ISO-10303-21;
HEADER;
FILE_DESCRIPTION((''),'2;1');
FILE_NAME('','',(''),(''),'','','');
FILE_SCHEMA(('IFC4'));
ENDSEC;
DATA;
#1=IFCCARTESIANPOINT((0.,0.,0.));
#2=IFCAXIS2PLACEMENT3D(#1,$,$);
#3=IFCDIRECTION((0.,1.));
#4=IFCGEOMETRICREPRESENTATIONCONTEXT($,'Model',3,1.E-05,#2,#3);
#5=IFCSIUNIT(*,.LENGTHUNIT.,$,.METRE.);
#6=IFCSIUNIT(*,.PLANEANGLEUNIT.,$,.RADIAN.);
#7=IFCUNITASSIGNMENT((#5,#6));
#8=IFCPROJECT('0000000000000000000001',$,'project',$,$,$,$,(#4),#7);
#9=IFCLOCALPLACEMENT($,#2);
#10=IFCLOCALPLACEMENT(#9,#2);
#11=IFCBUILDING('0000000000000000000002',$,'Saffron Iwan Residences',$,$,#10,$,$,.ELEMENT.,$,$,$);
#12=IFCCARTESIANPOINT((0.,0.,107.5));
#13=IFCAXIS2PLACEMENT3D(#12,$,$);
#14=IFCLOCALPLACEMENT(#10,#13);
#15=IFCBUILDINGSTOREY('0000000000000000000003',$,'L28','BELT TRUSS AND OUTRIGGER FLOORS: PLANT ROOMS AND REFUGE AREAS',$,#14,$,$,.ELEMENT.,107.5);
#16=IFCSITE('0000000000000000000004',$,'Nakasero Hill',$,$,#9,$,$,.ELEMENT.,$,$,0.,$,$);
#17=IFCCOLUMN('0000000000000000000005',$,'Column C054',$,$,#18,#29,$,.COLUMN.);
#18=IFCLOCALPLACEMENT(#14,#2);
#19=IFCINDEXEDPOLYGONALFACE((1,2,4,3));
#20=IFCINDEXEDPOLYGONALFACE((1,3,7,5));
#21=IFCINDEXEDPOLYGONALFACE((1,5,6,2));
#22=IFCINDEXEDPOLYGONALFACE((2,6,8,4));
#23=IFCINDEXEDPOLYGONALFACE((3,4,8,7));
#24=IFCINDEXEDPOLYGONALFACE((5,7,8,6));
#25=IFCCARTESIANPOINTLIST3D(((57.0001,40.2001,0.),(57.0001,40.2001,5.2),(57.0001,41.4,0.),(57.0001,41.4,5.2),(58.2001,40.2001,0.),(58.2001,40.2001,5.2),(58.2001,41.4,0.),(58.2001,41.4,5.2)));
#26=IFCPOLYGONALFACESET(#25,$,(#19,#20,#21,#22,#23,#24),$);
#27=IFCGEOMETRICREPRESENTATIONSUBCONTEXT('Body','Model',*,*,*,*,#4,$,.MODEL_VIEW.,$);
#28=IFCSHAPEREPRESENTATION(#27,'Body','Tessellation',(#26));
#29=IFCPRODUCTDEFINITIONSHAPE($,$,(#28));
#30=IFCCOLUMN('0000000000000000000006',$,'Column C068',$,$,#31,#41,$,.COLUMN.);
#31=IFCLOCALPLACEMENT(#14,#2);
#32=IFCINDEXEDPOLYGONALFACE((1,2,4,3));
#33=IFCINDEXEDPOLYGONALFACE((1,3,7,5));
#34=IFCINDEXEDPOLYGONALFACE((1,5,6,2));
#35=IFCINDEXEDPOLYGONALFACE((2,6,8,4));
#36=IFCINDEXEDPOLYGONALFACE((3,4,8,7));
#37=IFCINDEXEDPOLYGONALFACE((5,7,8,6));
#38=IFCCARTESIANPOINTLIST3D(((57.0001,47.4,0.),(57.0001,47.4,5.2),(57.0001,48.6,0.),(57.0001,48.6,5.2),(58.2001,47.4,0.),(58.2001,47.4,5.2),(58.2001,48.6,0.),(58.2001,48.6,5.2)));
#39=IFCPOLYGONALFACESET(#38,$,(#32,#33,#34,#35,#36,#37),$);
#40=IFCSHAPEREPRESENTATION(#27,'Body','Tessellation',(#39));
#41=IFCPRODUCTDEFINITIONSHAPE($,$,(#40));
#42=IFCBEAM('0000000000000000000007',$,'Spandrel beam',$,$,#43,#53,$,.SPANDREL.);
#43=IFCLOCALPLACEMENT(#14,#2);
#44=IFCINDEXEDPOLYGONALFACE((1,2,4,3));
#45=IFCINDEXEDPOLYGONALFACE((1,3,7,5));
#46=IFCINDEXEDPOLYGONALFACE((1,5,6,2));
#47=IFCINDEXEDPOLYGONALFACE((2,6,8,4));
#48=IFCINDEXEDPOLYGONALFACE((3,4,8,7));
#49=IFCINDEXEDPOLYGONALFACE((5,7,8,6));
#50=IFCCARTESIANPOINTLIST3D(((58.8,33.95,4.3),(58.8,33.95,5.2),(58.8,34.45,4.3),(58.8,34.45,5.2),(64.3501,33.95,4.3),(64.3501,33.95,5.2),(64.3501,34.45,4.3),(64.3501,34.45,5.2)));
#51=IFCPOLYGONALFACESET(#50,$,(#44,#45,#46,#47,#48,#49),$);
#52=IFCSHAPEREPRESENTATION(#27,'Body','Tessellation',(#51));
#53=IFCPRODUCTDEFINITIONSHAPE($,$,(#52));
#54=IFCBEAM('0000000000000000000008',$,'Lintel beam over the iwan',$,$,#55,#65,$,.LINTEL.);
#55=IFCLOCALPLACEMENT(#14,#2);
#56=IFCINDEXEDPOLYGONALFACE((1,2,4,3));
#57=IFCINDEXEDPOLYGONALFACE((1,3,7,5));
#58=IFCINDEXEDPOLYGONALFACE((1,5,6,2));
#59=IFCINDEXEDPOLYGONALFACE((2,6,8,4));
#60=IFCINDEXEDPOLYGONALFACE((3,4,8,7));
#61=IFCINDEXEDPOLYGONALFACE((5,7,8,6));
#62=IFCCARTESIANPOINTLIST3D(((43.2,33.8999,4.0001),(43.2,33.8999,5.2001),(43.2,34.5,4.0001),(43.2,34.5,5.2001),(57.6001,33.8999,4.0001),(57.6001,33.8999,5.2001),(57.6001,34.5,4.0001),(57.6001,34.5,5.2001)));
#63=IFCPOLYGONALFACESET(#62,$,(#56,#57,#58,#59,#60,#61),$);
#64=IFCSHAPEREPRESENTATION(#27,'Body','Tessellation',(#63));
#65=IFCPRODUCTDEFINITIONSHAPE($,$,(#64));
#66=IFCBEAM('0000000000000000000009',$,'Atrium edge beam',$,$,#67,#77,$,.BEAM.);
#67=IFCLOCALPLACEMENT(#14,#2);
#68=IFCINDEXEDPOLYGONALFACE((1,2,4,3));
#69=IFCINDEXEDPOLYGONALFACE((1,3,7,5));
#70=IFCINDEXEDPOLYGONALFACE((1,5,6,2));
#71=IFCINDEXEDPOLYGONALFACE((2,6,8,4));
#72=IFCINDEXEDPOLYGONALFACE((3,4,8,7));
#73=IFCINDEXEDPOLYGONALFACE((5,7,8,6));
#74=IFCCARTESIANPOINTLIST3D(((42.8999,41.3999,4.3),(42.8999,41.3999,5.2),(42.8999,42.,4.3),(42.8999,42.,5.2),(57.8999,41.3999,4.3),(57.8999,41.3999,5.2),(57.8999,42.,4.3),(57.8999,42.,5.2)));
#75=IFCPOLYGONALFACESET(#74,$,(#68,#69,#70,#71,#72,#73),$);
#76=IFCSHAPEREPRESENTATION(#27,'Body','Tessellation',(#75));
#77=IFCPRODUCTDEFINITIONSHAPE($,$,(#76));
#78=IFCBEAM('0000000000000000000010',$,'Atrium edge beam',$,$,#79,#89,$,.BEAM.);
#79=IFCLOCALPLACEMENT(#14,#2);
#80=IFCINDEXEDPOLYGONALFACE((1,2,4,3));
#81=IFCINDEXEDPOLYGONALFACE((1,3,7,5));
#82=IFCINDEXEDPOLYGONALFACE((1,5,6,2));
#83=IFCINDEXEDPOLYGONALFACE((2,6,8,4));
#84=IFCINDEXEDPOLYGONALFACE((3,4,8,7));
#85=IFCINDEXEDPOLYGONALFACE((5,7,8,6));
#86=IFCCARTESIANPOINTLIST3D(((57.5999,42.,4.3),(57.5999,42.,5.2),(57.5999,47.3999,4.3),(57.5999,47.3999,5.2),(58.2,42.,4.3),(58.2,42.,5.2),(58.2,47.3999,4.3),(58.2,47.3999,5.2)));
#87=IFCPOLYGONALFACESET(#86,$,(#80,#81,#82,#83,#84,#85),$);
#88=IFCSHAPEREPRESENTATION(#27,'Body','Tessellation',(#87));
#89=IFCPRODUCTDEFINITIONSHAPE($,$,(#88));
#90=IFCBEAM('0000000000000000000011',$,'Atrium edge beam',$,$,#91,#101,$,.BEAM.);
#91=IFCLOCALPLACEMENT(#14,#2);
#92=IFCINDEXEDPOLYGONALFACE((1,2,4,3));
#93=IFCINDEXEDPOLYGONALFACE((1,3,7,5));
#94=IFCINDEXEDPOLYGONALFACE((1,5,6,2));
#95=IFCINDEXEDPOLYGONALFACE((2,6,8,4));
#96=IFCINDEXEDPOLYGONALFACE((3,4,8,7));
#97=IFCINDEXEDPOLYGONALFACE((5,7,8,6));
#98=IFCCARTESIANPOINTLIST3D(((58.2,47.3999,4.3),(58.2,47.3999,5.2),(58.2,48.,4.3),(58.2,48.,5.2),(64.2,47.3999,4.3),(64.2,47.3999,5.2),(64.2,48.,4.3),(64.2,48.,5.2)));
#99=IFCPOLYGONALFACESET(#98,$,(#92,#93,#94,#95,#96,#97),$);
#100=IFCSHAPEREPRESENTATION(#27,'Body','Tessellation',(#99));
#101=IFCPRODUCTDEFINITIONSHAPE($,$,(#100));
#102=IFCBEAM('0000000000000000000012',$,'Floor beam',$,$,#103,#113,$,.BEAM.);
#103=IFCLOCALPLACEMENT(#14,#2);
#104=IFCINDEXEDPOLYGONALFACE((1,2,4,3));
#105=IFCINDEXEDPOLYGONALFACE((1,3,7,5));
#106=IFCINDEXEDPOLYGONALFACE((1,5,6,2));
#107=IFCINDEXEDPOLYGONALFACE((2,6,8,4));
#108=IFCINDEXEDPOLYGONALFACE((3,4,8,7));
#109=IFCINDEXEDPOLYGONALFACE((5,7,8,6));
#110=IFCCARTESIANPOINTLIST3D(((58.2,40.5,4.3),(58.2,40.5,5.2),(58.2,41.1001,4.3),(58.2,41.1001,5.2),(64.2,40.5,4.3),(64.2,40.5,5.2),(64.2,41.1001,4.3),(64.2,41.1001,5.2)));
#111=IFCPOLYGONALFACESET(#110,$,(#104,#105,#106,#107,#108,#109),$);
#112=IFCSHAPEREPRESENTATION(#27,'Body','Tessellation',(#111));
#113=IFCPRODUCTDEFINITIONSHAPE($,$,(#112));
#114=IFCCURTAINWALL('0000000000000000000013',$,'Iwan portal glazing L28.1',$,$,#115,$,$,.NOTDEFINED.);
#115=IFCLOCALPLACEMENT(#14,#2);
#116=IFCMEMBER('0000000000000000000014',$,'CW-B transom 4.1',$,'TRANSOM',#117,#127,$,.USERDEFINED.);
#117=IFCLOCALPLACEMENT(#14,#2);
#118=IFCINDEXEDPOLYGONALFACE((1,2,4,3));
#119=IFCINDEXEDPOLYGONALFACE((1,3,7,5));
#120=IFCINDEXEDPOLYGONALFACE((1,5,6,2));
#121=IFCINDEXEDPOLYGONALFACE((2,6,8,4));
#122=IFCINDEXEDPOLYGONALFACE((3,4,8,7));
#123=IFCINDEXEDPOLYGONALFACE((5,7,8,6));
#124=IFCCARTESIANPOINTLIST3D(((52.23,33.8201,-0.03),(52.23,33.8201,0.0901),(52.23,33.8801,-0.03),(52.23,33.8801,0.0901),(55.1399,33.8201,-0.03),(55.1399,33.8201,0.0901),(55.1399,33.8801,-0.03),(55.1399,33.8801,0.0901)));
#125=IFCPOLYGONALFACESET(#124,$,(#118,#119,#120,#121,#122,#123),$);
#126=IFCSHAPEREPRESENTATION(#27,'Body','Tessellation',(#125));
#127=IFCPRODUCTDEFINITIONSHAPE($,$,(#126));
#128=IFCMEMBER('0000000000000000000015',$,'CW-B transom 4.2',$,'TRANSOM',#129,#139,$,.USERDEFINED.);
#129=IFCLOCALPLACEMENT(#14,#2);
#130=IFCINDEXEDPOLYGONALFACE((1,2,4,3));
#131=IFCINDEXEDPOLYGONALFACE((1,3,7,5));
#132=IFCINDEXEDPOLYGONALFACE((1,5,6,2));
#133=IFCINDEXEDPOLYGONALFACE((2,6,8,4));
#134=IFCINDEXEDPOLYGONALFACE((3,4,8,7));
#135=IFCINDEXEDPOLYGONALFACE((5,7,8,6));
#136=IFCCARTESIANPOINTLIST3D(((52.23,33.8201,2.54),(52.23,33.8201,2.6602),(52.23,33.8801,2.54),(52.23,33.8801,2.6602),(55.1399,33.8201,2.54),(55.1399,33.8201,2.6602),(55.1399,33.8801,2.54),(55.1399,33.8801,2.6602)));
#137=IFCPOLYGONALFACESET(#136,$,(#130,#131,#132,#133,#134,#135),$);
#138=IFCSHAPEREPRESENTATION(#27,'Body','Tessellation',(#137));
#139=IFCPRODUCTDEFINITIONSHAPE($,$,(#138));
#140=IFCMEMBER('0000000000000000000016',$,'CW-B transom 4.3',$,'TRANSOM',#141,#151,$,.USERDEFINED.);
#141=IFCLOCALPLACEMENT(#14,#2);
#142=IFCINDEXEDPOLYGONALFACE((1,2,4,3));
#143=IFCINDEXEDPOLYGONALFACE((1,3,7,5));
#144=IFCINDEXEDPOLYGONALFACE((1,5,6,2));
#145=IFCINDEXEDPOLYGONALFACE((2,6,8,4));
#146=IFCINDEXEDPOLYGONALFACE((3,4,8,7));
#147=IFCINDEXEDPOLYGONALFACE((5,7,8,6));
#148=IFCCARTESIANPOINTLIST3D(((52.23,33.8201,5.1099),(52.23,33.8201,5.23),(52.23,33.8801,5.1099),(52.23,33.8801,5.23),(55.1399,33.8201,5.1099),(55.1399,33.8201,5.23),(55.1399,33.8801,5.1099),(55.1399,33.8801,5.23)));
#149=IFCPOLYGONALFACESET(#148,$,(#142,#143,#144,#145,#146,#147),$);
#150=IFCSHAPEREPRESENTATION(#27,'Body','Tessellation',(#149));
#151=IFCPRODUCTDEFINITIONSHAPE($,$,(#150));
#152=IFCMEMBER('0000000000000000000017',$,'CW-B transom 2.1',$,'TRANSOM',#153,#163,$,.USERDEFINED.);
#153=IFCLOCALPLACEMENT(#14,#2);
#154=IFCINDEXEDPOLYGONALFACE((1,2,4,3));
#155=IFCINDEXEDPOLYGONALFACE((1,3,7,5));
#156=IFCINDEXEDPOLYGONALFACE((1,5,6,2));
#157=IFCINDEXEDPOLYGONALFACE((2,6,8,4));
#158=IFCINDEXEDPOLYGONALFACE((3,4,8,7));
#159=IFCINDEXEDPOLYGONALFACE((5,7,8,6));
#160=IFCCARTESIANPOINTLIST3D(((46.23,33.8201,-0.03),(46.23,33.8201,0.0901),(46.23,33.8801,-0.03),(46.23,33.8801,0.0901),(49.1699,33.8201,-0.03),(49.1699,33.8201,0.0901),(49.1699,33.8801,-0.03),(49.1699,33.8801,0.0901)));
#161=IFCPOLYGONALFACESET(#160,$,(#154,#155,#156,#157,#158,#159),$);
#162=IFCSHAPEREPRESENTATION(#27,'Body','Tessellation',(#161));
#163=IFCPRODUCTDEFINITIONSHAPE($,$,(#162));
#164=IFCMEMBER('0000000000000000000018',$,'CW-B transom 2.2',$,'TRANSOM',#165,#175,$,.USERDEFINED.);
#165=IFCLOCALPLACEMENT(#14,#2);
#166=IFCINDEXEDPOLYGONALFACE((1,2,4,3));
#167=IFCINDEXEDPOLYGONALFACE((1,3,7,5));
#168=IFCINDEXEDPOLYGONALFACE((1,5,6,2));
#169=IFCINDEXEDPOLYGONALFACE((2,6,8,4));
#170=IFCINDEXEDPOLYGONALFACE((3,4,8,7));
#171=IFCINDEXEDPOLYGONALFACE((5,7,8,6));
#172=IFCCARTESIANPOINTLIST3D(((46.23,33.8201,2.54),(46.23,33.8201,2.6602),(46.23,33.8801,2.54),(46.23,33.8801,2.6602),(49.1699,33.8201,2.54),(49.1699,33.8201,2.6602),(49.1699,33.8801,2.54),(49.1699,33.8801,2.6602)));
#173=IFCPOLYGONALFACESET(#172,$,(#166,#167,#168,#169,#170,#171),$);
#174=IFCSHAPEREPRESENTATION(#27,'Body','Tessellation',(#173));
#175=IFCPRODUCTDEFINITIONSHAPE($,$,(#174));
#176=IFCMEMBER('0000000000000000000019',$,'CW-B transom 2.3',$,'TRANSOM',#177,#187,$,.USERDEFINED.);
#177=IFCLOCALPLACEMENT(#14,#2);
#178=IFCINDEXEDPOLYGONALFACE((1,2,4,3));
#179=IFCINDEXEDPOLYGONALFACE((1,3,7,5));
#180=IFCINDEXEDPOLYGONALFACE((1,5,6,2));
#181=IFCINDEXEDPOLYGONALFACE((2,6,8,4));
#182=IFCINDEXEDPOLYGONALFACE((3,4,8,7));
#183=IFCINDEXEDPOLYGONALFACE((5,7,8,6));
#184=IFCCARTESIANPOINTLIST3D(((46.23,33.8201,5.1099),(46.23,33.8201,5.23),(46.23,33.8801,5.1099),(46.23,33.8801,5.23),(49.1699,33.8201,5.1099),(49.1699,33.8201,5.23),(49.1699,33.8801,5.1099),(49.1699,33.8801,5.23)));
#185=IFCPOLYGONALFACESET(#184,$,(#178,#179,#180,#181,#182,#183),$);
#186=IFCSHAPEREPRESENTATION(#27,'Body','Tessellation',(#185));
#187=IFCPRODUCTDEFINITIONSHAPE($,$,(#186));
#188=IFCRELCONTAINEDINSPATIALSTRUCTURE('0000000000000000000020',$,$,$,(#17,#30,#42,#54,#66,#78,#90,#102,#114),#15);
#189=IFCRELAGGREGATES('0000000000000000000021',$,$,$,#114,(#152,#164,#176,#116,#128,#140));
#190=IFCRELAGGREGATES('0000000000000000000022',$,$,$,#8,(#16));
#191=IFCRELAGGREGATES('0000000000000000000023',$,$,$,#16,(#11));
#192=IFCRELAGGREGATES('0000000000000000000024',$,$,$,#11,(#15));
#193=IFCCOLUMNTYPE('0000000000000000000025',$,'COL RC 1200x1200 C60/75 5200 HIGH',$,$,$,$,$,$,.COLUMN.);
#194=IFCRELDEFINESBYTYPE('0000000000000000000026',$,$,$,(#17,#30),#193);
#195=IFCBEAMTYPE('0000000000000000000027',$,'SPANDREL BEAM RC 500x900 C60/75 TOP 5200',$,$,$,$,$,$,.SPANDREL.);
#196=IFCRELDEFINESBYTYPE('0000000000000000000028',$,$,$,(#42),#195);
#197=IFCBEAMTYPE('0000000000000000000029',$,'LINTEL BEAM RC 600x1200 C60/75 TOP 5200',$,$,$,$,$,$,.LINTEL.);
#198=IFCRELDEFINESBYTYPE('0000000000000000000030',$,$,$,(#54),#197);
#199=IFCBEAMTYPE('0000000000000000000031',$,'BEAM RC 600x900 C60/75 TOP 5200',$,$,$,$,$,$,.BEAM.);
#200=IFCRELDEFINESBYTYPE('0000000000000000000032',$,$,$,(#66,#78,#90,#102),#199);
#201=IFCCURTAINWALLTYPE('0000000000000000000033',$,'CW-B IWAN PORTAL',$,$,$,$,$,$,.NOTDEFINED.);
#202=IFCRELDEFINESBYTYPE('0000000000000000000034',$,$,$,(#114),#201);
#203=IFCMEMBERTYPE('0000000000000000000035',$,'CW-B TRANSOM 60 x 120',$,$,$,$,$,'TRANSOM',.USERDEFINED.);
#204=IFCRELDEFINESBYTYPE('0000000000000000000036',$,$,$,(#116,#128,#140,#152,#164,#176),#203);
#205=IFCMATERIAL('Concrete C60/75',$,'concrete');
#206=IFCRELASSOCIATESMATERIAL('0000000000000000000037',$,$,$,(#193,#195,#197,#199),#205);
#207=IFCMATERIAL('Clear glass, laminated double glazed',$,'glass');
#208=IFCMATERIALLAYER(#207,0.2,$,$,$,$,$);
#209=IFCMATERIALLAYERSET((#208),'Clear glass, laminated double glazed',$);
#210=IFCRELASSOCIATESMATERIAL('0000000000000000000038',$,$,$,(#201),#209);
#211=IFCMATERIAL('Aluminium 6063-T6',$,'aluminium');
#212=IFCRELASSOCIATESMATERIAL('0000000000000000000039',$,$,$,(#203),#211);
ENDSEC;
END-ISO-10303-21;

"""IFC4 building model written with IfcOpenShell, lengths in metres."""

from ifc_helpers import new_model, si_unit, direction, frame, origin, origin_2d, place, context, subcontext, project, spatial, rectangle, extrude, source, transform, mapped, material, layer, layer_set, material_profile, profile_set, type_object, element, aggregate, save


model = new_model("IFC4")

# Units and contexts
model_context = context("Model", 3, precision=1e-05, world=origin(), true_north=direction((0.0, 1.0)))
body_context = subcontext(model_context, "Body", "Model", "MODEL_VIEW")
ifc_project = project(units=[si_unit("LENGTHUNIT", "METRE"), si_unit("PLANEANGLEUNIT", "RADIAN")], contexts=[model_context])

# Site, building, storey
site_placement = place(None, origin())
site = spatial("IfcSite", under=ifc_project, at=site_placement, Name="Nakasero Hill", CompositionType="ELEMENT", RefElevation=0.0)
building_placement = place(site_placement, origin())
building = spatial("IfcBuilding", under=site, at=building_placement, Name="Saffron Iwan Residences", CompositionType="ELEMENT")
storey_placement = place(building_placement, frame((0.0, 0.0, 107.5)))
storey = spatial("IfcBuildingStorey", under=building, at=storey_placement, Name="L28", Description="BELT TRUSS AND OUTRIGGER FLOORS: PLANT ROOMS AND REFUGE AREAS", CompositionType="ELEMENT", Elevation=107.5)

# Columns
ifc_material_1 = material(Name="Concrete C60/75", Category="concrete")
ifc_material_profile_1 = material_profile(ifc_material_1, rectangle(XDim=1.2, YDim=1.2, at=origin_2d()), Name="RC 1200x1200")
ifc_profile_set_1 = profile_set([ifc_material_profile_1], Name="Concrete C60/75")
column_type = type_object("IfcColumnType", Name="COL RC 1200x1200 C60/75 5200 HIGH", PredefinedType="COLUMN", material=ifc_profile_set_1)
shared_shape_1 = source(origin(), body_context, "Body", "SweptSolid", [
    extrude(rectangle(XDim=1.2, YDim=1.2, at=origin_2d()), origin(), (0.0, 0.0, 1.0), 5.2),
])
for number, where, z_axis, x_axis, name in (
    (1, (57.6001, 40.8, 0.0), (0.0, 0.0, 1.0), (1.0, 0.0, 0.0), "Column C054"),
    (2, (57.6001, 48.0, 0.0), (0.0, 0.0, 1.0), (1.0, 0.0, 0.0), "Column C068"),
):
    element("IfcColumn", number, at=place(storey_placement, frame(where, z_axis=z_axis, x_axis=x_axis)), inside=storey, type_object=column_type, Name=name, PredefinedType="COLUMN", context=body_context, shape_type="MappedRepresentation", body=[
        mapped(shared_shape_1, transform((0.0, 0.0, 0.0))),
    ])

# Beams
ifc_material_profile_2 = material_profile(ifc_material_1, rectangle(XDim=0.5, YDim=0.8999, at=origin_2d()), Name="RC 500x900")
ifc_profile_set_2 = profile_set([ifc_material_profile_2], Name="Concrete C60/75")
beam_type_1 = type_object("IfcBeamType", Name="SPANDREL BEAM RC 500x900 C60/75 TOP 5200", PredefinedType="SPANDREL", material=ifc_profile_set_2)
shared_shape_2 = source(origin(), body_context, "Body", "SweptSolid", [
    extrude(rectangle(XDim=0.5, YDim=0.8999, at=origin_2d()), origin(), (0.0, 0.0, 1.0), 5.55),
])
beam_1_placement = place(storey_placement, frame((64.3501, 34.2, 4.75), z_axis=(-1.0, 0.0, 0.0), x_axis=(0.0, -1.0, 0.0)))
element("IfcBeam", 3, at=beam_1_placement, inside=storey, type_object=beam_type_1, Name="Spandrel beam", PredefinedType="SPANDREL", context=body_context, shape_type="MappedRepresentation", body=[
    mapped(shared_shape_2, transform((0.0, 0.0, 0.0))),
])
ifc_material_profile_3 = material_profile(ifc_material_1, rectangle(XDim=0.6001, YDim=1.2, at=origin_2d()), Name="RC 600x1200")
ifc_profile_set_3 = profile_set([ifc_material_profile_3], Name="Concrete C60/75")
beam_type_2 = type_object("IfcBeamType", Name="LINTEL BEAM RC 600x1200 C60/75 TOP 5200", PredefinedType="LINTEL", material=ifc_profile_set_3)
shared_shape_3 = source(origin(), body_context, "Body", "SweptSolid", [
    extrude(rectangle(XDim=0.6001, YDim=1.2, at=origin_2d()), origin(), (0.0, 0.0, 1.0), 14.4001),
])
beam_2_placement = place(storey_placement, frame((57.6001, 34.2, 4.6001), z_axis=(-1.0, 0.0, 0.0), x_axis=(0.0, -1.0, 0.0)))
element("IfcBeam", 4, at=beam_2_placement, inside=storey, type_object=beam_type_2, Name="Lintel beam over the iwan", PredefinedType="LINTEL", context=body_context, shape_type="MappedRepresentation", body=[
    mapped(shared_shape_3, transform((0.0, 0.0, 0.0))),
])
ifc_material_profile_4 = material_profile(ifc_material_1, rectangle(XDim=0.6001, YDim=0.8999, at=origin_2d()), Name="RC 600x900")
ifc_profile_set_4 = profile_set([ifc_material_profile_4], Name="Concrete C60/75")
beam_type_3 = type_object("IfcBeamType", Name="BEAM RC 600x900 C60/75 TOP 5200", PredefinedType="BEAM", material=ifc_profile_set_4)
shared_shape_4 = source(origin(), body_context, "Body", "SweptSolid", [
    extrude(rectangle(XDim=0.6001, YDim=0.8999, at=origin_2d()), origin(), (0.0, 0.0, 1.0), 15.0),
])
beam_3_placement = place(storey_placement, frame((57.8999, 41.7, 4.75), z_axis=(-1.0, 0.0, 0.0), x_axis=(0.0, -1.0, 0.0)))
element("IfcBeam", 5, at=beam_3_placement, inside=storey, type_object=beam_type_3, Name="Atrium edge beam", PredefinedType="BEAM", context=body_context, shape_type="MappedRepresentation", body=[
    mapped(shared_shape_4, transform((0.0, 0.0, 0.0))),
])
shared_shape_5 = source(origin(), body_context, "Body", "SweptSolid", [
    extrude(rectangle(XDim=0.6001, YDim=0.8999, at=origin_2d()), origin(), (0.0, 0.0, 1.0), 5.3999),
])
beam_4_placement = place(storey_placement, frame((57.8999, 47.3999, 4.75), z_axis=(0.0, -1.0, 0.0), x_axis=(1.0, 0.0, 0.0)))
element("IfcBeam", 6, at=beam_4_placement, inside=storey, type_object=beam_type_3, Name="Atrium edge beam", PredefinedType="BEAM", context=body_context, shape_type="MappedRepresentation", body=[
    mapped(shared_shape_5, transform((0.0, 0.0, 0.0))),
])
shared_shape_6 = source(origin(), body_context, "Body", "SweptSolid", [
    extrude(rectangle(XDim=0.6001, YDim=0.8999, at=origin_2d()), origin(), (0.0, 0.0, 1.0), 6.0),
])
for number, where, z_axis, x_axis, name in (
    (7, (64.2, 47.7, 4.75), (-1.0, 0.0, 0.0), (0.0, -1.0, 0.0), "Atrium edge beam"),
    (8, (58.2, 40.8, 4.75), (1.0, 0.0, 0.0), (0.0, 1.0, 0.0), "Floor beam"),
):
    element("IfcBeam", number, at=place(storey_placement, frame(where, z_axis=z_axis, x_axis=x_axis)), inside=storey, type_object=beam_type_3, Name=name, PredefinedType="BEAM", context=body_context, shape_type="MappedRepresentation", body=[
        mapped(shared_shape_6, transform((0.0, 0.0, 0.0))),
    ])

# Curtain wall, members
ifc_material_2 = material(Name="Clear glass, laminated double glazed", Category="glass")
ifc_layer_1 = layer(ifc_material_2, 0.2)
ifc_layer_set_1 = layer_set([ifc_layer_1], Name="Clear glass, laminated double glazed")
curtain_wall_type = type_object("IfcCurtainWallType", Name="CW-B IWAN PORTAL", PredefinedType="NOTDEFINED", material=ifc_layer_set_1)
curtain_wall_placement = place(storey_placement, origin())
curtain_wall = element("IfcCurtainWall", 9, at=curtain_wall_placement, inside=storey, type_object=curtain_wall_type, Name="Iwan portal glazing L28.1", PredefinedType="NOTDEFINED")
ifc_material_3 = material(Name="Aluminium 6063-T6", Category="aluminium")
ifc_material_profile_5 = material_profile(ifc_material_3, rectangle(XDim=0.0601, YDim=0.1201, at=origin_2d()), Name="CW-B TRANSOM 60 x 120")
ifc_profile_set_5 = profile_set([ifc_material_profile_5], Name="Aluminium 6063-T6")
member_type_1 = type_object("IfcMemberType", Name="CW-B TRANSOM 60 x 120", ElementType="TRANSOM", PredefinedType="USERDEFINED", material=ifc_profile_set_5)
shared_shape_7 = source(origin(), body_context, "Body", "SweptSolid", [
    extrude(rectangle(XDim=0.0601, YDim=0.1201, at=origin_2d()), origin(), (0.0, 0.0, 1.0), 2.9099),
])
member_1_placement = place(storey_placement, frame((52.23, 33.8501, 0.03), z_axis=(1.0, 0.0, 0.0), x_axis=(0.0, 1.0, 0.0)))
member_1 = element("IfcMember", 10, at=member_1_placement, type_object=member_type_1, Name="CW-B transom 4.1", ObjectType="TRANSOM", PredefinedType="USERDEFINED", context=body_context, shape_type="MappedRepresentation", body=[
    mapped(shared_shape_7, transform((0.0, 0.0, 0.0))),
])
member_2_placement = place(storey_placement, frame((52.23, 33.8501, 2.6001), z_axis=(1.0, 0.0, 0.0), x_axis=(0.0, 1.0, 0.0)))
member_2 = element("IfcMember", 11, at=member_2_placement, type_object=member_type_1, Name="CW-B transom 4.2", ObjectType="TRANSOM", PredefinedType="USERDEFINED", context=body_context, shape_type="MappedRepresentation", body=[
    mapped(shared_shape_7, transform((0.0, 0.0, 0.0))),
])
member_3_placement = place(storey_placement, frame((52.23, 33.8501, 5.1699), z_axis=(1.0, 0.0, 0.0), x_axis=(0.0, 1.0, 0.0)))
member_3 = element("IfcMember", 12, at=member_3_placement, type_object=member_type_1, Name="CW-B transom 4.3", ObjectType="TRANSOM", PredefinedType="USERDEFINED", context=body_context, shape_type="MappedRepresentation", body=[
    mapped(shared_shape_7, transform((0.0, 0.0, 0.0))),
])
shared_shape_8 = source(origin(), body_context, "Body", "SweptSolid", [
    extrude(rectangle(XDim=0.0601, YDim=0.1201, at=origin_2d()), origin(), (0.0, 0.0, 1.0), 2.9399),
])
member_4_placement = place(storey_placement, frame((46.23, 33.8501, 0.03), z_axis=(1.0, 0.0, 0.0), x_axis=(0.0, 1.0, 0.0)))
member_4 = element("IfcMember", 13, at=member_4_placement, type_object=member_type_1, Name="CW-B transom 2.1", ObjectType="TRANSOM", PredefinedType="USERDEFINED", context=body_context, shape_type="MappedRepresentation", body=[
    mapped(shared_shape_8, transform((0.0, 0.0, 0.0))),
])
member_5_placement = place(storey_placement, frame((46.23, 33.8501, 2.6001), z_axis=(1.0, 0.0, 0.0), x_axis=(0.0, 1.0, 0.0)))
member_5 = element("IfcMember", 14, at=member_5_placement, type_object=member_type_1, Name="CW-B transom 2.2", ObjectType="TRANSOM", PredefinedType="USERDEFINED", context=body_context, shape_type="MappedRepresentation", body=[
    mapped(shared_shape_8, transform((0.0, 0.0, 0.0))),
])
member_6_placement = place(storey_placement, frame((46.23, 33.8501, 5.1699), z_axis=(1.0, 0.0, 0.0), x_axis=(0.0, 1.0, 0.0)))
member_6 = element("IfcMember", 15, at=member_6_placement, type_object=member_type_1, Name="CW-B transom 2.3", ObjectType="TRANSOM", PredefinedType="USERDEFINED", context=body_context, shape_type="MappedRepresentation", body=[
    mapped(shared_shape_8, transform((0.0, 0.0, 0.0))),
])
aggregate(curtain_wall, [member_4, member_5, member_6, member_1, member_2, member_3])

save(model, "model.ifc")
